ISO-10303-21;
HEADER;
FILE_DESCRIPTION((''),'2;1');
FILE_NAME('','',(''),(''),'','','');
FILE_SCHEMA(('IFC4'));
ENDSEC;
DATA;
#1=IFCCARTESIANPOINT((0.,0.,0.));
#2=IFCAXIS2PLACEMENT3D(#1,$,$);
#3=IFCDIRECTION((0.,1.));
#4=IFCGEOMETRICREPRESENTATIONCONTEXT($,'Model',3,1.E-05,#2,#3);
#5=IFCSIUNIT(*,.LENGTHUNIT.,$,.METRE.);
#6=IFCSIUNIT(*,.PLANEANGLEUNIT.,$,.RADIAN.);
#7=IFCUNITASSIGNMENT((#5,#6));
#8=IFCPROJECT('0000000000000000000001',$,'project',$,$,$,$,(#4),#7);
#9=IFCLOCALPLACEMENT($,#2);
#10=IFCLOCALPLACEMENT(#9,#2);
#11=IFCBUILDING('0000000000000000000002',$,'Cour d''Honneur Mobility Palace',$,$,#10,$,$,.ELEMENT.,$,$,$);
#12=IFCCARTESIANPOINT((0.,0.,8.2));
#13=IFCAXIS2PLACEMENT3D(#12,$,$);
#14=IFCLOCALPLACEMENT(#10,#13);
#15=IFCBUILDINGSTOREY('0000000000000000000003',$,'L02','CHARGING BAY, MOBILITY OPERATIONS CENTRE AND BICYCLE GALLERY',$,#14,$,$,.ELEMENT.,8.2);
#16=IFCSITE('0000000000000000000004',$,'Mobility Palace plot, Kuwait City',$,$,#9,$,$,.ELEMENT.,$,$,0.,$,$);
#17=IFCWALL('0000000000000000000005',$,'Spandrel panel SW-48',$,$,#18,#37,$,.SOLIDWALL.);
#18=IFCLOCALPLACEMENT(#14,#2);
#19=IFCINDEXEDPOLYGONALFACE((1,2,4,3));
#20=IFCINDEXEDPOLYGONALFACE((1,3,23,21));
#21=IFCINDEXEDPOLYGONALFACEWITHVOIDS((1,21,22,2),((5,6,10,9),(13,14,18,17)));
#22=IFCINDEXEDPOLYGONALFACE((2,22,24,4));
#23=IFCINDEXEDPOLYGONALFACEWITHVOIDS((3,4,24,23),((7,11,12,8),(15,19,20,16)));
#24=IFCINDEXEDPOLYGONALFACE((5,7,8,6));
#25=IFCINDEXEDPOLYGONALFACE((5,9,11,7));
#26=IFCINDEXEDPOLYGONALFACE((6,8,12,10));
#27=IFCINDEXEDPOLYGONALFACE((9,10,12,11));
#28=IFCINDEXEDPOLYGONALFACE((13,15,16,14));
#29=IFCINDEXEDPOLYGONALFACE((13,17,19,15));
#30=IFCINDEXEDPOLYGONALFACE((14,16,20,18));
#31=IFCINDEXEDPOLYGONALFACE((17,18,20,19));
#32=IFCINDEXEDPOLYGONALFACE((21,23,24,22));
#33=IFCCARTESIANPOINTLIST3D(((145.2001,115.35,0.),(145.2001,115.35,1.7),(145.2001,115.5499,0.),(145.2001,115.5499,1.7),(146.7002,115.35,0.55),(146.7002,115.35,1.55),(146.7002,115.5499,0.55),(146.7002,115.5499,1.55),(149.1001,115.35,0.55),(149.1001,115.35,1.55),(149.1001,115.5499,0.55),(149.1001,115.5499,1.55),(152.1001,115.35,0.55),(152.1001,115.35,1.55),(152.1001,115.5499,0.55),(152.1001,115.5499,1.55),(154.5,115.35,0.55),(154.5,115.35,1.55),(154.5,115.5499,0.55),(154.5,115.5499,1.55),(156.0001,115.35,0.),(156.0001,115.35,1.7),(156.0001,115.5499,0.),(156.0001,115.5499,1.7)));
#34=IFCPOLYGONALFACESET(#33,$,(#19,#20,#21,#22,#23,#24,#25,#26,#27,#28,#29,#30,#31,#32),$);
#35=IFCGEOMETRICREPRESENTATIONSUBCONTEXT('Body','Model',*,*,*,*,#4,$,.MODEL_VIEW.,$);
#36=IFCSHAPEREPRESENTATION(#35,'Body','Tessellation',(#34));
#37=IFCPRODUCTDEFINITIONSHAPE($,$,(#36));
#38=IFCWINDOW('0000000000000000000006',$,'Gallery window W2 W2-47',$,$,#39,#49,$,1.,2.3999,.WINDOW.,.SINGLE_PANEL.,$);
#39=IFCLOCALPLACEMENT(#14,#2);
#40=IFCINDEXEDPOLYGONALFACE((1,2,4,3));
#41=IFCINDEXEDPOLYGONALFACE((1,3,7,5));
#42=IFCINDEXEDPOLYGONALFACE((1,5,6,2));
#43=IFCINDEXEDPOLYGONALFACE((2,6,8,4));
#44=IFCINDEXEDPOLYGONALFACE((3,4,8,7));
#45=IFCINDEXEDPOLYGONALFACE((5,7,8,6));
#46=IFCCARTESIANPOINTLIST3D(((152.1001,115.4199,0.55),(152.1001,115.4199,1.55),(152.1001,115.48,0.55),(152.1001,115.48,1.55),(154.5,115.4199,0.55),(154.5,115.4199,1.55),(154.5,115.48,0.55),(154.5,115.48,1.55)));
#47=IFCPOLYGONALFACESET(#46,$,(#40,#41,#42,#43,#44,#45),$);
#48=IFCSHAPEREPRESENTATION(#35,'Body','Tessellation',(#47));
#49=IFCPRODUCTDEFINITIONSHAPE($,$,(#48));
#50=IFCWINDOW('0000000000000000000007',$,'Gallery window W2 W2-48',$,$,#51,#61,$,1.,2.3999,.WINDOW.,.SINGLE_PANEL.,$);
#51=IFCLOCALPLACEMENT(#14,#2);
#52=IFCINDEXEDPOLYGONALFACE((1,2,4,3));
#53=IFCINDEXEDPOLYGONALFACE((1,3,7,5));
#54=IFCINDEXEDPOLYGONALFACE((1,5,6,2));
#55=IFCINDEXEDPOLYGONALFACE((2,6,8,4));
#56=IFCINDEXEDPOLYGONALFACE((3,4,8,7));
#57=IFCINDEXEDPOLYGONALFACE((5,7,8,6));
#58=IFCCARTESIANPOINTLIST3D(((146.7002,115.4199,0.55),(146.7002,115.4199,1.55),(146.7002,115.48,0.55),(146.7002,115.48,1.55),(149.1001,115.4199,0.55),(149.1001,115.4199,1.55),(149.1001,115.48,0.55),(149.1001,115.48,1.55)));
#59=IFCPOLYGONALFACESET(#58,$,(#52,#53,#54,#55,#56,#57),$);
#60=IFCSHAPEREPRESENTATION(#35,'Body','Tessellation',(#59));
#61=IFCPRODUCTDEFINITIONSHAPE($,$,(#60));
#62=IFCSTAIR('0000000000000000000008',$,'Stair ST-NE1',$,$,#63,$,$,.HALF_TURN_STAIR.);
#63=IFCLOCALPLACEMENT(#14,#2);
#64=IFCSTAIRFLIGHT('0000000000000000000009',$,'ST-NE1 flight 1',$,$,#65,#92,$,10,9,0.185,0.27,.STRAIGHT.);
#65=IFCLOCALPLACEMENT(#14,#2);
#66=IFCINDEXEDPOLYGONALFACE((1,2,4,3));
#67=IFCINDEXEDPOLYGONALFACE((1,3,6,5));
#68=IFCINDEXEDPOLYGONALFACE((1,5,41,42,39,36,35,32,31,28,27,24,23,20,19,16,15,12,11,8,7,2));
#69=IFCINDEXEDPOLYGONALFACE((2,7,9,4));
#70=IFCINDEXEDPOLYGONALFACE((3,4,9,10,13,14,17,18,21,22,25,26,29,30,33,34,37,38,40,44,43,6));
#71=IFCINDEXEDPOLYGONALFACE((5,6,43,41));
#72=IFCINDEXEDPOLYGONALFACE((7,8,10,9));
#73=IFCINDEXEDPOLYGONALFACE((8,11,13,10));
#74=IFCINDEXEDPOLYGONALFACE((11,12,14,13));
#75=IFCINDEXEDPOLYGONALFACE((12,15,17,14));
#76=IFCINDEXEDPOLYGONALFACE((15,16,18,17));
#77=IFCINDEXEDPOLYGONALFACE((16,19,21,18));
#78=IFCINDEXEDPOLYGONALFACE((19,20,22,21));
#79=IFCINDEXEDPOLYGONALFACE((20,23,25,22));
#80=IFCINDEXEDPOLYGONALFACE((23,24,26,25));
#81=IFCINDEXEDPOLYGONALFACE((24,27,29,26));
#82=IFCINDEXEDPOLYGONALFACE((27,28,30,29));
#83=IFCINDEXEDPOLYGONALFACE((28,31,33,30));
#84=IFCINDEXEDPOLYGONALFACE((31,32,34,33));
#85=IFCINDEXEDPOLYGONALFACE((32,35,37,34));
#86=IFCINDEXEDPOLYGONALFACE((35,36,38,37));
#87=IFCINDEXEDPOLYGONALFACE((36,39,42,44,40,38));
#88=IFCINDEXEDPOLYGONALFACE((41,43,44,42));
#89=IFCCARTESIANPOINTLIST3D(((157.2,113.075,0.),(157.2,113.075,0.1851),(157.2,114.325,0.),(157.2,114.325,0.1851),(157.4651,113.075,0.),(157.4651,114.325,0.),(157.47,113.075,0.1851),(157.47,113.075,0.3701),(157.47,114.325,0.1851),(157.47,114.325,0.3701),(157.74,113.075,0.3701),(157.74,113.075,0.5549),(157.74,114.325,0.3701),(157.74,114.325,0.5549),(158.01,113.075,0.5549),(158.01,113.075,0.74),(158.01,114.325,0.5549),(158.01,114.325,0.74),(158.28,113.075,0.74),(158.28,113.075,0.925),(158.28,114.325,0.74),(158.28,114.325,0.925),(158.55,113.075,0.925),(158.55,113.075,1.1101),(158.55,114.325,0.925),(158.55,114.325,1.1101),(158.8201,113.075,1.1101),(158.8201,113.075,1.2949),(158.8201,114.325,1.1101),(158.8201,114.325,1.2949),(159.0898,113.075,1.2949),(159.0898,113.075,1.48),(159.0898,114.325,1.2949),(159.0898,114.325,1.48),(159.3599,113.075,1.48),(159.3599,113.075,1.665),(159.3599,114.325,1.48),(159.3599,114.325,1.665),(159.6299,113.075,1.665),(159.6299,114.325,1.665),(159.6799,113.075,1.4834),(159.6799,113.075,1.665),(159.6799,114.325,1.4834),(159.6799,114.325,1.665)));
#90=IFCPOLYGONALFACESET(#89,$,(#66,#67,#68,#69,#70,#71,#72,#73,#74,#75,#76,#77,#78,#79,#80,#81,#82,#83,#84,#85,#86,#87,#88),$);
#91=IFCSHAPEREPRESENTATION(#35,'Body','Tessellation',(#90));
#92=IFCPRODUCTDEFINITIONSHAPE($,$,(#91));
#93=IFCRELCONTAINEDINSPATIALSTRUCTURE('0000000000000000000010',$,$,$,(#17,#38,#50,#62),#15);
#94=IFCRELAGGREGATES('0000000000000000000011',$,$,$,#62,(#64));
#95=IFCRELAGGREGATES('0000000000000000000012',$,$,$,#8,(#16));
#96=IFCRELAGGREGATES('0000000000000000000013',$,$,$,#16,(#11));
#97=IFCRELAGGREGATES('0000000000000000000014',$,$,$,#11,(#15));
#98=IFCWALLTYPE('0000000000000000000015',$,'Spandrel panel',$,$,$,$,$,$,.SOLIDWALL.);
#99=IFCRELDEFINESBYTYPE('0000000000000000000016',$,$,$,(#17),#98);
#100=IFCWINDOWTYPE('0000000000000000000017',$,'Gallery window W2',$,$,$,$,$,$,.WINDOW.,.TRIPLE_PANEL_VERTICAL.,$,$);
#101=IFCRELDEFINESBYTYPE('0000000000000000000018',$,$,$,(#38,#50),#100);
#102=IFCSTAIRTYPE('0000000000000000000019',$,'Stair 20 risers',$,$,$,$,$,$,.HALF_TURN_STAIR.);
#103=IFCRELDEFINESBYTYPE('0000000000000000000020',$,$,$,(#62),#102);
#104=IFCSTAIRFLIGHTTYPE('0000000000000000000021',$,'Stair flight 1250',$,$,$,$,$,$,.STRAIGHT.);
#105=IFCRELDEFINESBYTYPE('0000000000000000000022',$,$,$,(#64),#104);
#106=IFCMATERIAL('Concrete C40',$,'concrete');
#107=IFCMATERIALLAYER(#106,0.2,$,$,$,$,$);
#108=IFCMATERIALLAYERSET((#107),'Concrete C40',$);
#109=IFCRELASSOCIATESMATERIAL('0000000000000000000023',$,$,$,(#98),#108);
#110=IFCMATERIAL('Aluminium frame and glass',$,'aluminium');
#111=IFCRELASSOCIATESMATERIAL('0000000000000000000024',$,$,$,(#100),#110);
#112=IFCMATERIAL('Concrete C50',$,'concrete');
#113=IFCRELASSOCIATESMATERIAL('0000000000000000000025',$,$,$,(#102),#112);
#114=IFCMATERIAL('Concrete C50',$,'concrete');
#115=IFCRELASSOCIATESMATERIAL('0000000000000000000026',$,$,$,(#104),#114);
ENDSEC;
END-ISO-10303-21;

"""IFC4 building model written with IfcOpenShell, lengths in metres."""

from ifc_helpers import new_model, si_unit, direction, frame, frame_2d, origin, place, context, subcontext, project, spatial, polyline, rectangle, outline, extrude, material, layer, layer_set, type_object, element, fill, aggregate, save


model = new_model("IFC4")

# Units and contexts
model_context = context("Model", 3, precision=1e-05, world=origin(), true_north=direction((0.0, 1.0)))
body_context = subcontext(model_context, "Body", "Model", "MODEL_VIEW")
ifc_project = project(units=[si_unit("LENGTHUNIT", "METRE"), si_unit("PLANEANGLEUNIT", "RADIAN")], contexts=[model_context])

# Site, building, storey
site_placement = place(None, origin())
site = spatial("IfcSite", under=ifc_project, at=site_placement, Name="Mobility Palace plot, Kuwait City", CompositionType="ELEMENT", RefElevation=0.0)
building_placement = place(site_placement, origin())
building = spatial("IfcBuilding", under=site, at=building_placement, Name="Cour d'Honneur Mobility Palace", CompositionType="ELEMENT")
storey_placement = place(building_placement, frame((0.0, 0.0, 8.2)))
storey = spatial("IfcBuildingStorey", under=building, at=storey_placement, Name="L02", Description="CHARGING BAY, MOBILITY OPERATIONS CENTRE AND BICYCLE GALLERY", CompositionType="ELEMENT", Elevation=8.2)

# Wall, openings, windows
ifc_material_1 = material(Name="Concrete C40", Category="concrete")
ifc_layer_1 = layer(ifc_material_1, 0.2)
ifc_layer_set_1 = layer_set([ifc_layer_1], Name="Concrete C40")
wall_type_1 = type_object("IfcWallType", Name="Spandrel panel", PredefinedType="SOLIDWALL", material=ifc_layer_set_1)
wall_1_placement = place(storey_placement, frame((156.0, 115.45, 0.0), z_axis=(0.0, 0.0, 1.0), x_axis=(-1.0, 0.0, 0.0)))
wall_1 = element("IfcWall", 1, at=wall_1_placement, inside=storey, type_object=wall_type_1, Name="Spandrel panel SW-48", PredefinedType="SOLIDWALL", context=body_context, shape_type="SweptSolid", body=[
    extrude(rectangle(XDim=10.8, YDim=0.2, at=frame_2d((5.3999, 0.0))), origin(), (0.0, 0.0, 1.0), 1.7),
])
opening_1_placement = place(wall_1_placement, frame((1.5, 0.0, 0.55)))
opening_1 = element("IfcOpeningElement", 2, at=opening_1_placement, cuts=wall_1, PredefinedType="OPENING", context=body_context, shape_type="SweptSolid", body=[
    extrude(rectangle(XDim=2.3999, YDim=1.0, at=frame_2d((1.2, 0.5))), frame((0.0, 0.1099, 0.0), z_axis=(0.0, -1.0, 0.0), x_axis=(1.0, 0.0, 0.0)), (0.0, 0.0, 1.0), 0.22),
])
opening_2_placement = place(wall_1_placement, frame((6.8999, 0.0, 0.55)))
opening_2 = element("IfcOpeningElement", 3, at=opening_2_placement, cuts=wall_1, PredefinedType="OPENING", context=body_context, shape_type="SweptSolid", body=[
    extrude(rectangle(XDim=2.3999, YDim=1.0, at=frame_2d((1.2, 0.5))), frame((0.0, 0.1099, 0.0), z_axis=(0.0, -1.0, 0.0), x_axis=(1.0, 0.0, 0.0)), (0.0, 0.0, 1.0), 0.22),
])
ifc_material_2 = material(Name="Aluminium frame and glass", Category="aluminium")
window_type = type_object("IfcWindowType", Name="Gallery window W2", PartitioningType="TRIPLE_PANEL_VERTICAL", PredefinedType="WINDOW", material=ifc_material_2)
window_1_placement = place(opening_1_placement, origin())
window_1 = element("IfcWindow", 4, at=window_1_placement, inside=storey, type_object=window_type, Name="Gallery window W2 W2-47", OverallHeight=1.0, OverallWidth=2.3999, PartitioningType="SINGLE_PANEL", PredefinedType="WINDOW", context=body_context, shape_type="SweptSolid", body=[
    extrude(rectangle(XDim=2.3999, YDim=1.0, at=frame_2d((1.2, 0.5))), frame((0.0, 0.03, 0.0), z_axis=(0.0, -1.0, 0.0), x_axis=(1.0, 0.0, 0.0)), (0.0, 0.0, 1.0), 0.0601),
])
fill(opening_1, window_1)
window_2_placement = place(opening_2_placement, origin())
window_2 = element("IfcWindow", 5, at=window_2_placement, inside=storey, type_object=window_type, Name="Gallery window W2 W2-48", OverallHeight=1.0, OverallWidth=2.3999, PartitioningType="SINGLE_PANEL", PredefinedType="WINDOW", context=body_context, shape_type="SweptSolid", body=[
    extrude(rectangle(XDim=2.3999, YDim=1.0, at=frame_2d((1.2, 0.5))), frame((0.0, 0.03, 0.0), z_axis=(0.0, -1.0, 0.0), x_axis=(1.0, 0.0, 0.0)), (0.0, 0.0, 1.0), 0.0601),
])
fill(opening_2, window_2)

# Stair, stair flight
ifc_material_3 = material(Name="Concrete C50", Category="concrete")
stair_type = type_object("IfcStairType", Name="Stair 20 risers", PredefinedType="HALF_TURN_STAIR", material=ifc_material_3)
stair_placement = place(storey_placement, origin())
stair = element("IfcStair", 6, at=stair_placement, inside=storey, type_object=stair_type, Name="Stair ST-NE1", PredefinedType="HALF_TURN_STAIR")
ifc_material_4 = material(Name="Concrete C50", Category="concrete")
stair_flight_type = type_object("IfcStairFlightType", Name="Stair flight 1250", PredefinedType="STRAIGHT", material=ifc_material_4)
stair_flight_placement = place(storey_placement, frame((157.2, 113.7, 0.0), z_axis=(0.0, 0.0, 1.0), x_axis=(1.0, 0.0, 0.0)))
stair_flight = element("IfcStairFlight", 7, at=stair_flight_placement, type_object=stair_flight_type, Name="ST-NE1 flight 1", NumberOfRisers=10, NumberOfTreads=9, PredefinedType="STRAIGHT", RiserHeight=0.185, TreadLength=0.27, context=body_context, shape_type="SweptSolid", body=[
    extrude(outline(polyline([(0.0, 0.0), (0.0, 0.1851), (0.27, 0.1851), (0.27, 0.3701), (0.54, 0.3701), (0.54, 0.5549), (0.8101, 0.5549), (0.8101, 0.74), (1.0801, 0.74), (1.0801, 0.925), (1.3501, 0.925), (1.3501, 1.1101), (1.6201, 1.1101), (1.6201, 1.2949), (1.8899, 1.2949), (1.8899, 1.48), (2.1599, 1.48), (2.1599, 1.665), (2.4299, 1.665), (2.48, 1.665), (2.48, 1.4834), (0.2651, 0.0), (0.0, 0.0)])), frame((0.0, 0.625, 0.0), z_axis=(0.0, -1.0, 0.0), x_axis=(1.0, 0.0, 0.0)), (0.0, 0.0, 1.0), 1.25),
])
aggregate(stair, [stair_flight])

save(model, "model.ifc")
